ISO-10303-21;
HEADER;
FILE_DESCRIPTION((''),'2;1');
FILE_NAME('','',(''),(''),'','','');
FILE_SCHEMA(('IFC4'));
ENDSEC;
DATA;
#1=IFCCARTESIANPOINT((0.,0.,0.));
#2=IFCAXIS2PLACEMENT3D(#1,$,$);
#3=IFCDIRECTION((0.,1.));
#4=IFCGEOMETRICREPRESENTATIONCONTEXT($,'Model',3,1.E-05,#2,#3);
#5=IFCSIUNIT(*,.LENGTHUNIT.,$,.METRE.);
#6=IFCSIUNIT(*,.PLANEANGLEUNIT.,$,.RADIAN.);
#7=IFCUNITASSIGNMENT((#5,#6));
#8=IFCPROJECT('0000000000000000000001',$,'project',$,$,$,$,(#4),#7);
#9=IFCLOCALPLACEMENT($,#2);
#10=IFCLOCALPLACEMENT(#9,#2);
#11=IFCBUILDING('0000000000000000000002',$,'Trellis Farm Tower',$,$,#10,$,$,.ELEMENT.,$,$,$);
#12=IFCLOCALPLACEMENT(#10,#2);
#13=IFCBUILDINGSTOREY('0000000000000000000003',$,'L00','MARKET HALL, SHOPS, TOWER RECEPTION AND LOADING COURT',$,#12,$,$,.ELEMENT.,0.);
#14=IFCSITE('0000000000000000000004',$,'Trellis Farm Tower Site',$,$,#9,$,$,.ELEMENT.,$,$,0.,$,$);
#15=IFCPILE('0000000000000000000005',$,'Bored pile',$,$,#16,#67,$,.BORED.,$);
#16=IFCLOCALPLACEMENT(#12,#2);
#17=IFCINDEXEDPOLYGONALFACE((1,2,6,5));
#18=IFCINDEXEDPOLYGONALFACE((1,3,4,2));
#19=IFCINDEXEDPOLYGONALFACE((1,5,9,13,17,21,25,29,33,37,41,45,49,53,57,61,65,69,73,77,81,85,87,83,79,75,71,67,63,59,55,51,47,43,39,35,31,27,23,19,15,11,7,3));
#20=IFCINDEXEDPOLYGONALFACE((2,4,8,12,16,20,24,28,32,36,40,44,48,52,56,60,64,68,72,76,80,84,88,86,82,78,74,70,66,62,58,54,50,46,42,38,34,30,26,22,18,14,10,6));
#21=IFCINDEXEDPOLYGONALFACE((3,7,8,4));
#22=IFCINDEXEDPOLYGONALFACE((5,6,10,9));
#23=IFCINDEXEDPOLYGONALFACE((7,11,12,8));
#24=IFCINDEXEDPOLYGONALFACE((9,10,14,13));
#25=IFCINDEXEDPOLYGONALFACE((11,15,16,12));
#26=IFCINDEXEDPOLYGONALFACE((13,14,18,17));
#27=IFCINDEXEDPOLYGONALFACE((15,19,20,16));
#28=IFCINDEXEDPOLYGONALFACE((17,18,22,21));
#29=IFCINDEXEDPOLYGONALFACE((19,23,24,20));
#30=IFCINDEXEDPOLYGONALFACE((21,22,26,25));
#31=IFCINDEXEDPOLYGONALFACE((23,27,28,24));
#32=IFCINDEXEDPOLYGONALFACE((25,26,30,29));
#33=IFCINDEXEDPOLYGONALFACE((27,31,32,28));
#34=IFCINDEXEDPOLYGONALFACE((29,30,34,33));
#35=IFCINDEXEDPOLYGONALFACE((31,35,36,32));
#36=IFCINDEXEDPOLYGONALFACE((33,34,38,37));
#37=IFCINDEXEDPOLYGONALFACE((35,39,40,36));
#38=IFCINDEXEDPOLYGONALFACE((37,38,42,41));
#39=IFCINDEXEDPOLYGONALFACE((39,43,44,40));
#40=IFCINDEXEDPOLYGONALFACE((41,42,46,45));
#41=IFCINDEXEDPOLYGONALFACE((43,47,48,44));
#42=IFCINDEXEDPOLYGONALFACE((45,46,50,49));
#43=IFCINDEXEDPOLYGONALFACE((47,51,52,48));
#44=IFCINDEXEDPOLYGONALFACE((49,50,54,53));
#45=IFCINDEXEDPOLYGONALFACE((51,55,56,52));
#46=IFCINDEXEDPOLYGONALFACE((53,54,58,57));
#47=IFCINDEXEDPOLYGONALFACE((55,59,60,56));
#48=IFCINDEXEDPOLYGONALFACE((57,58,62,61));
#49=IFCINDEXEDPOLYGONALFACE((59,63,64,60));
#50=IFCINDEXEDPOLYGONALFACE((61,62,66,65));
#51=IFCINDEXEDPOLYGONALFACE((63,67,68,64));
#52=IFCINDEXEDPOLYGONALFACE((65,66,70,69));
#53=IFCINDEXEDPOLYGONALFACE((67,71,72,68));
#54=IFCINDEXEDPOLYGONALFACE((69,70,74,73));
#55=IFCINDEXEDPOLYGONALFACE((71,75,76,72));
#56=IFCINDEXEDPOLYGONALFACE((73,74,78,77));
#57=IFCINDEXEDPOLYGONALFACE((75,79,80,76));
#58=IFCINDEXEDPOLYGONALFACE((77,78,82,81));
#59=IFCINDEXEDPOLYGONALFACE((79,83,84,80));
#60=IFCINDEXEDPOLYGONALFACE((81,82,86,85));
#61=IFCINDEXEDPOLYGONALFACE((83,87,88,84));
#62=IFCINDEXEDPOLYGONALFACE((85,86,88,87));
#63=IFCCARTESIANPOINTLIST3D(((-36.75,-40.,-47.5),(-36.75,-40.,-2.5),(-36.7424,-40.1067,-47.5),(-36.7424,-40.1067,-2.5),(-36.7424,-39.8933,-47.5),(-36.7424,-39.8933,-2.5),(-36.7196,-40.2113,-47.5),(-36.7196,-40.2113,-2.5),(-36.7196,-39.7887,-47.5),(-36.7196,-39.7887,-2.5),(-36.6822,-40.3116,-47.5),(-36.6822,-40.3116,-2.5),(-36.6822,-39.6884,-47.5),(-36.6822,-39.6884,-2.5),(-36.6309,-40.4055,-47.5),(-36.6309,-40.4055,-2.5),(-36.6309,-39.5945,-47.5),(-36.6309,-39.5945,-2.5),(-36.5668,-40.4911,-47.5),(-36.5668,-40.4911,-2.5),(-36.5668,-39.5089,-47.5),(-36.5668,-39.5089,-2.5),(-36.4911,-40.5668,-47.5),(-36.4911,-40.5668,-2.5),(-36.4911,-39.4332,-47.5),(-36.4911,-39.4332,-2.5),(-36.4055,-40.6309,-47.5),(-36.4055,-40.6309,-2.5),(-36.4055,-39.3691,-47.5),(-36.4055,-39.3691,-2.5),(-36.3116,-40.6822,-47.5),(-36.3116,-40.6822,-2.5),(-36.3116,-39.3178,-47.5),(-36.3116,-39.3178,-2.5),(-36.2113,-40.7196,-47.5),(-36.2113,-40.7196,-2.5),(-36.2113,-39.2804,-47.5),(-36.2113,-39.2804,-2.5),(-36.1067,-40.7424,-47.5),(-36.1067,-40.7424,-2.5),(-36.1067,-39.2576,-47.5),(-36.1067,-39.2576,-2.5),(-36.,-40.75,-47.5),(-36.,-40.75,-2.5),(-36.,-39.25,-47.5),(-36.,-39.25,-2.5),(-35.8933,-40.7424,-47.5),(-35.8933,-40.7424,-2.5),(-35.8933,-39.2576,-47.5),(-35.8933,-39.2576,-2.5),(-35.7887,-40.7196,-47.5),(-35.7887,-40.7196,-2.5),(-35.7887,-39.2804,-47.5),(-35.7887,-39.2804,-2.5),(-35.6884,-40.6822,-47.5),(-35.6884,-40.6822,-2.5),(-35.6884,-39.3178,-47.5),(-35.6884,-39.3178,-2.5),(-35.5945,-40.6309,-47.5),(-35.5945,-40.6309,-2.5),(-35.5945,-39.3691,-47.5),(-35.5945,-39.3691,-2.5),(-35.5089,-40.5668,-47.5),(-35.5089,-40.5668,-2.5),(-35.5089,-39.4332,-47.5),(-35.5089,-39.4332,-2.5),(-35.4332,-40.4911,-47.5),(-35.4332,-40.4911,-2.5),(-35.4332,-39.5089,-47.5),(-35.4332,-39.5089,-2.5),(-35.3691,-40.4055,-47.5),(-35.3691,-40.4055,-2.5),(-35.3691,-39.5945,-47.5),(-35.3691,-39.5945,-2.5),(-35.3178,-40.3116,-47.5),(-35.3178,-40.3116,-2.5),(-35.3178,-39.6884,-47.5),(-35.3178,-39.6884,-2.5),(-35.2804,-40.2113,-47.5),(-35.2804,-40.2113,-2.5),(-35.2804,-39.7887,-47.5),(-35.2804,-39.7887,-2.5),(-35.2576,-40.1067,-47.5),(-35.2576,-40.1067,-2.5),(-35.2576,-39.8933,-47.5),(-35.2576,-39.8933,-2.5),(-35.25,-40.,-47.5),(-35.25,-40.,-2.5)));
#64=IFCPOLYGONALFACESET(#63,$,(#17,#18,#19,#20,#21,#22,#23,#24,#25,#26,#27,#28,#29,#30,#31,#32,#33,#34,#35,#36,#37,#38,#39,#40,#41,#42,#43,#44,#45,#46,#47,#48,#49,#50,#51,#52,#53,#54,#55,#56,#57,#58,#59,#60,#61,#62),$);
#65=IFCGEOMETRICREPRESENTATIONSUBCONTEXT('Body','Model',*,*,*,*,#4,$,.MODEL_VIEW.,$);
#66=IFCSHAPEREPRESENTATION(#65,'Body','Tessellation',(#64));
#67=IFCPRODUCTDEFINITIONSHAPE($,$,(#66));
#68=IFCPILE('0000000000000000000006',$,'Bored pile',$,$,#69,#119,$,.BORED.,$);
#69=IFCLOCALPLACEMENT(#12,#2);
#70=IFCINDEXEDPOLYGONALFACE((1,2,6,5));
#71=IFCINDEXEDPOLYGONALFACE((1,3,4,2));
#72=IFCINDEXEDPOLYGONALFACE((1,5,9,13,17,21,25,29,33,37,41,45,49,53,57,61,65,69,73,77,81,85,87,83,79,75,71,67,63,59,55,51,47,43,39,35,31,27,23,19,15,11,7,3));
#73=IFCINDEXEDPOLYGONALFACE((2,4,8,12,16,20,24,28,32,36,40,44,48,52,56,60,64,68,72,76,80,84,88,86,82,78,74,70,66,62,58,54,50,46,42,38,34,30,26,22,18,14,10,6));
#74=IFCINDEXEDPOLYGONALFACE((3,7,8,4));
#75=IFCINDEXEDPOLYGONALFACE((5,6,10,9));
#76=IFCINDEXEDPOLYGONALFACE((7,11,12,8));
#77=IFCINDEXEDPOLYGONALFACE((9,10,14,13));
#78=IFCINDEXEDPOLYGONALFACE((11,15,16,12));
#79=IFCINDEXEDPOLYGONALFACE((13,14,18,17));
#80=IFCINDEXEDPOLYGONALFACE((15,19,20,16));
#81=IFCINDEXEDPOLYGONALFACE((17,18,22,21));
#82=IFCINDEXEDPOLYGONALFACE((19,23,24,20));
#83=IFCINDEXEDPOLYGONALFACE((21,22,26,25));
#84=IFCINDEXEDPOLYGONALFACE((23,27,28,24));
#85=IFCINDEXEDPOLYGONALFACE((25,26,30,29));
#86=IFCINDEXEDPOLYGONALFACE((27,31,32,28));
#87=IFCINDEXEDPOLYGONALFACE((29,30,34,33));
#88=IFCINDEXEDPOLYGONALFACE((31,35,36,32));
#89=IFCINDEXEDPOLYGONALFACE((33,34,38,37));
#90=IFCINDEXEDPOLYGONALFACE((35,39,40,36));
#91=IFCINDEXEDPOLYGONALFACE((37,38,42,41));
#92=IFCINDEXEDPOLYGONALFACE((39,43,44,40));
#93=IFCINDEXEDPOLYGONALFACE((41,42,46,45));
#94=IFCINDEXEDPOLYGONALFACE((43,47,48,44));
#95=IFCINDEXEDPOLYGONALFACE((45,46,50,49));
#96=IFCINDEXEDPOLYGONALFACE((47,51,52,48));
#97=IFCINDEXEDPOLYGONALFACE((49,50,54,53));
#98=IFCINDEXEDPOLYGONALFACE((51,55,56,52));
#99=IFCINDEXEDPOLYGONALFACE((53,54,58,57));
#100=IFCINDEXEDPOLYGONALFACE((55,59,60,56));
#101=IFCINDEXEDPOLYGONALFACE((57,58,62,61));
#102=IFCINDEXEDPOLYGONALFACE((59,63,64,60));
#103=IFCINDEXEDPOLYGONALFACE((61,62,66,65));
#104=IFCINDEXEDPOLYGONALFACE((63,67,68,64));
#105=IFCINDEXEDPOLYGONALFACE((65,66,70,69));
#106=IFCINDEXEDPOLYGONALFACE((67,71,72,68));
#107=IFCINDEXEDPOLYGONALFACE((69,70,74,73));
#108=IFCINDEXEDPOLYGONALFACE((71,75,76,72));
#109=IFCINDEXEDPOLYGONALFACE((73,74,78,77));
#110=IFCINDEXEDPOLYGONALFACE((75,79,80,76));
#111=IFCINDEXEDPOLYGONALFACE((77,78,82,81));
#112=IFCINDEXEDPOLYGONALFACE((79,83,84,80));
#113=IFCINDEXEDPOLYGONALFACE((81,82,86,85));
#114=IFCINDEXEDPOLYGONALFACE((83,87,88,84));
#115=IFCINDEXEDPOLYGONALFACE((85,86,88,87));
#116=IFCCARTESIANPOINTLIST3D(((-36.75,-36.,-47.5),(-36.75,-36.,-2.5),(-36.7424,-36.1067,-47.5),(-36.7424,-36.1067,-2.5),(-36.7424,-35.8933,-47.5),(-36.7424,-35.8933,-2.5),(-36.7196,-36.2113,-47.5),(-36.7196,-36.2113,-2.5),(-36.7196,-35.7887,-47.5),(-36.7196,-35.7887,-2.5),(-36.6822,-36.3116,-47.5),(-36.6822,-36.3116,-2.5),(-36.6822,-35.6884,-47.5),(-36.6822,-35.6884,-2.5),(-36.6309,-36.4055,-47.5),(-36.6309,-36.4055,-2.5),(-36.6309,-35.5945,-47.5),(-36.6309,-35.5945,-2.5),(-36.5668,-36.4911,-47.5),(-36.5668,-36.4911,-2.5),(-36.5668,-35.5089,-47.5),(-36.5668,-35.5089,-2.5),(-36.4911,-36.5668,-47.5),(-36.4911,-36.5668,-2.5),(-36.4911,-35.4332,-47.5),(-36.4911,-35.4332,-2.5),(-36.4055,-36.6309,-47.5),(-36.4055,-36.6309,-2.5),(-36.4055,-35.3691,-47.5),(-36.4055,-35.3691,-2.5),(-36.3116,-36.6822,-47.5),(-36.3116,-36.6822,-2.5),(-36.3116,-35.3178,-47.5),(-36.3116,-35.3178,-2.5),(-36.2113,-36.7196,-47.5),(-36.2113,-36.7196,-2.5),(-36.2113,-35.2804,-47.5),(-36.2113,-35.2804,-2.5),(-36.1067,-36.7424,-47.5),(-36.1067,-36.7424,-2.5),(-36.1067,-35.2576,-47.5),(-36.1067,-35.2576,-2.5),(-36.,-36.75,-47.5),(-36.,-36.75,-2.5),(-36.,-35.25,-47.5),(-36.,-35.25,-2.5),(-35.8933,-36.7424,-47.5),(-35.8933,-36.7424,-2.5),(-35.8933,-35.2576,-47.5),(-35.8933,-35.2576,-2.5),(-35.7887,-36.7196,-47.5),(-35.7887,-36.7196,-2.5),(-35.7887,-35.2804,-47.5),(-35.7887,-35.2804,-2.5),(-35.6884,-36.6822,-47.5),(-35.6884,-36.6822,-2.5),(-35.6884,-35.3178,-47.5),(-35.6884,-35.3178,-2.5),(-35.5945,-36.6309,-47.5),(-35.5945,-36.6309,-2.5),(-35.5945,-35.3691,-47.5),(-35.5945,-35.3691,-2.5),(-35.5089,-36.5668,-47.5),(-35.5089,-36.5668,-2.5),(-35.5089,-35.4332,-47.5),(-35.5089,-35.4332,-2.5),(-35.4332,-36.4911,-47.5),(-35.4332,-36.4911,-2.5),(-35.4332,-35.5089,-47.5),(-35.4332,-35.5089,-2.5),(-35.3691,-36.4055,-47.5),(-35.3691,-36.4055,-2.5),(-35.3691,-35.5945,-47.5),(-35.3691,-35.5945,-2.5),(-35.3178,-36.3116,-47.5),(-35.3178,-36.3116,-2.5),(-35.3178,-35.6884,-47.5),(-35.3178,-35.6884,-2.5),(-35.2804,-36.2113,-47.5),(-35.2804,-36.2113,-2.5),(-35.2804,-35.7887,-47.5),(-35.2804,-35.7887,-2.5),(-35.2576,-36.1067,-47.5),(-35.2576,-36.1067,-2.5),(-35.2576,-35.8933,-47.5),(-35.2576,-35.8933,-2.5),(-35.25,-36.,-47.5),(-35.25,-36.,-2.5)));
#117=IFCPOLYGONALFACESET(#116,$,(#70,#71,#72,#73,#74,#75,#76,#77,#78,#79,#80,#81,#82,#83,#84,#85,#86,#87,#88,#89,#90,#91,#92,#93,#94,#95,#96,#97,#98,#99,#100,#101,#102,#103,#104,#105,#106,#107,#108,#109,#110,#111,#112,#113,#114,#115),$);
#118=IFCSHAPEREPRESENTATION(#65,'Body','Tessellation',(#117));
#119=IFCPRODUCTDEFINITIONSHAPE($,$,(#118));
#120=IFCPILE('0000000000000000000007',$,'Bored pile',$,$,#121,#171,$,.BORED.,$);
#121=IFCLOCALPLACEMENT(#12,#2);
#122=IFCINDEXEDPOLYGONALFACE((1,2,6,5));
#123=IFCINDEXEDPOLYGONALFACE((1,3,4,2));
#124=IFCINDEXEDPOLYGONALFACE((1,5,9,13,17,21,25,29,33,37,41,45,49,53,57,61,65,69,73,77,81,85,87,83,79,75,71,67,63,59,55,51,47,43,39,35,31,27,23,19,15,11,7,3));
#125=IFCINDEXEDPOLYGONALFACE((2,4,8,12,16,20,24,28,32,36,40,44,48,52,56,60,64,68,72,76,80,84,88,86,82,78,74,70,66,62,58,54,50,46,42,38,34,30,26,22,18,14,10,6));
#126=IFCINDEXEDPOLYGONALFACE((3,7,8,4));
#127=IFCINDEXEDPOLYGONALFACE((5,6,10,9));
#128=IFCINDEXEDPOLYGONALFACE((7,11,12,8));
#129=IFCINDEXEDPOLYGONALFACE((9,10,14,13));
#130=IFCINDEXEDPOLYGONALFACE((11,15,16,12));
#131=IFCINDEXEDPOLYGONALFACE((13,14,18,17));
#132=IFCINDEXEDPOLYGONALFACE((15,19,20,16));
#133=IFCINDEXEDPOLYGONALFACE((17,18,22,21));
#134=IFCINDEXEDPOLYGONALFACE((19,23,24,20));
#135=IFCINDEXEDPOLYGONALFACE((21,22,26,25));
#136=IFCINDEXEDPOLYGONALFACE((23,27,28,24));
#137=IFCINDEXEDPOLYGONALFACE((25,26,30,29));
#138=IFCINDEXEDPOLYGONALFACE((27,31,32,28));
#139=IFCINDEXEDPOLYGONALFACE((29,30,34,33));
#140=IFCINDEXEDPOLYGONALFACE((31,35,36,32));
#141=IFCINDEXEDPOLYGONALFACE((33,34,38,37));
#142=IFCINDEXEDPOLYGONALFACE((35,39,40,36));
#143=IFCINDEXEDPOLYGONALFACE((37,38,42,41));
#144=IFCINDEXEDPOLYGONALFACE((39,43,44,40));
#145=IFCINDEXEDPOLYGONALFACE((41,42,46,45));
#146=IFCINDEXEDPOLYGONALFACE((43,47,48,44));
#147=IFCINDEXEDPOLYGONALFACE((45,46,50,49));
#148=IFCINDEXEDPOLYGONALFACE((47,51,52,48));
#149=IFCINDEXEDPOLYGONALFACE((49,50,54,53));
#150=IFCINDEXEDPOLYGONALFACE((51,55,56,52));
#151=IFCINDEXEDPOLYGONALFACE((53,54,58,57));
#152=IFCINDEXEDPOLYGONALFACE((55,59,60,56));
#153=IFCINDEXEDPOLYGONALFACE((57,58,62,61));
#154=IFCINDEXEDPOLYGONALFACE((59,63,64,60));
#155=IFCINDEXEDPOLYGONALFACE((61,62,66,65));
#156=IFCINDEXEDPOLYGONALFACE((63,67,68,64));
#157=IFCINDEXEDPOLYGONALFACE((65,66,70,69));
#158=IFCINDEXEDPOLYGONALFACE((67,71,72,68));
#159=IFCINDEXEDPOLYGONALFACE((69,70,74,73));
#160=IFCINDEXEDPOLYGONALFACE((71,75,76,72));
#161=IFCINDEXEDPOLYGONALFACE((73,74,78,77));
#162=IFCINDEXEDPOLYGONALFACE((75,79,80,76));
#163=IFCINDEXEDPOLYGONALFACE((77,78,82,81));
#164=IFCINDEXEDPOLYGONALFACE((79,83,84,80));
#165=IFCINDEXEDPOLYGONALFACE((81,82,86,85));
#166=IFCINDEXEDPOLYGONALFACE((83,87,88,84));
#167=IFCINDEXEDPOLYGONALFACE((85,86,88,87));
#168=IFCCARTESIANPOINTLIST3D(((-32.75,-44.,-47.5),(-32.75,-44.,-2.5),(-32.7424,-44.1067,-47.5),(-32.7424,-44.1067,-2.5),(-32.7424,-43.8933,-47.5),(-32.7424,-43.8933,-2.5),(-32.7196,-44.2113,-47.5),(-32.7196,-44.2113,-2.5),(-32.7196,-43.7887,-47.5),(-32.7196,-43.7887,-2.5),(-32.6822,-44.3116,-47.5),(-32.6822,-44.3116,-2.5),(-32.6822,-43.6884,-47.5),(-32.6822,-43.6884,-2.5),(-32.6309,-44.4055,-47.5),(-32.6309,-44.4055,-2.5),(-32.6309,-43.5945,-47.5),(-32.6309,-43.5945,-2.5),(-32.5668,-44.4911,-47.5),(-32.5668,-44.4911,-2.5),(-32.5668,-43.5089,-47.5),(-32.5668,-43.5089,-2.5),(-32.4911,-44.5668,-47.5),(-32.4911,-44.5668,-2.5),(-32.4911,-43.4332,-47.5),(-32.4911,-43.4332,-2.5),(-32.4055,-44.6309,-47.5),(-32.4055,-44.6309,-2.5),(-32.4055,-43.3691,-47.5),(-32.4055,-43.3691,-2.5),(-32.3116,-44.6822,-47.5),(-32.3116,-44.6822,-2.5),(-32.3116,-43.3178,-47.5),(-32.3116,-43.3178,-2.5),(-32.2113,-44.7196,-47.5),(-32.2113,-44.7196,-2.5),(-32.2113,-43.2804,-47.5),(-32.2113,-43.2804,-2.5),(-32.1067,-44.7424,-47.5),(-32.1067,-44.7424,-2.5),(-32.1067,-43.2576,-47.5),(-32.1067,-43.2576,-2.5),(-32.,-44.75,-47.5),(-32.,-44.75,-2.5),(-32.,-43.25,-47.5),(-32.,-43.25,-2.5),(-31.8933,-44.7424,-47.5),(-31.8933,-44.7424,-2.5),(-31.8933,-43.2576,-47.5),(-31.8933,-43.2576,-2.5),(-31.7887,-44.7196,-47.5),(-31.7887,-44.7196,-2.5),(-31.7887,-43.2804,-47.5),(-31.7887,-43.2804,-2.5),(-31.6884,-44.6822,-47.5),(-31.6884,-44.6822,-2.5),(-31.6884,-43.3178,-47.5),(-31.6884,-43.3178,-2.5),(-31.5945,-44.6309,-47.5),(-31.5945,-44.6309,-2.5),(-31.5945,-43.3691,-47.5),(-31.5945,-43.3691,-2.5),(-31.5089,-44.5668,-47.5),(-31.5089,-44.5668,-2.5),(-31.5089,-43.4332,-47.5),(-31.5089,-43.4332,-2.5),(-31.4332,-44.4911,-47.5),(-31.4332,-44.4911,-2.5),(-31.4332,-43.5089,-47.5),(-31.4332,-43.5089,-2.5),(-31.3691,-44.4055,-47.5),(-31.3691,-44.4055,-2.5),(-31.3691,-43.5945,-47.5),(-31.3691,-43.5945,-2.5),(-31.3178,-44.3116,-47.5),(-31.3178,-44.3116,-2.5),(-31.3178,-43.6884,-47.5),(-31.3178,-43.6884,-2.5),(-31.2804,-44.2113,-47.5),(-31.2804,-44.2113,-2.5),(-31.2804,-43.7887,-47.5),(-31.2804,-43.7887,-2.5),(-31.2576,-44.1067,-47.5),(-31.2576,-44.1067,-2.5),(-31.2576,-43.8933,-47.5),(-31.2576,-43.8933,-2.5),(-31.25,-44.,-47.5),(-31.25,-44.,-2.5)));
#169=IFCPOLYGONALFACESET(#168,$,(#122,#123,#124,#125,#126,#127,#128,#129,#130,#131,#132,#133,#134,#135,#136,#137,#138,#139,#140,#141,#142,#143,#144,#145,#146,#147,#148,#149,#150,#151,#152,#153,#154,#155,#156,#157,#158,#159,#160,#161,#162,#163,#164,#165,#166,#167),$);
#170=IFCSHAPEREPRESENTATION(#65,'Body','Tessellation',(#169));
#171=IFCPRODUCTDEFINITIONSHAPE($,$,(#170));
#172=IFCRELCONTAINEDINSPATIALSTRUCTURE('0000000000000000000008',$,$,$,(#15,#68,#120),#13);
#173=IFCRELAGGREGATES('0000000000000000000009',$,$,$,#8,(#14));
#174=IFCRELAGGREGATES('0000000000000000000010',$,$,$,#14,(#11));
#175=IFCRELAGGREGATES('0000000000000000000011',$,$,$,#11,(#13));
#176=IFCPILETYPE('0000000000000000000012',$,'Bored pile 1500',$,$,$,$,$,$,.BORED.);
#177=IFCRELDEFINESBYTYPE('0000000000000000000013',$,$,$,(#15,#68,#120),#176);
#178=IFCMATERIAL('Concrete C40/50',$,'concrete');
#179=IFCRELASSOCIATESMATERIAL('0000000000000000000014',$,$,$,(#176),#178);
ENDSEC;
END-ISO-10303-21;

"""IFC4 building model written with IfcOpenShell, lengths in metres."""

from ifc_helpers import new_model, si_unit, direction, frame, origin, origin_2d, place, context, subcontext, project, spatial, circle, extrude, source, transform, mapped, material, material_profile, profile_set, type_object, element, save


model = new_model("IFC4")

# Units and contexts
model_context = context("Model", 3, precision=1e-05, world=origin(), true_north=direction((0.0, 1.0)))
body_context = subcontext(model_context, "Body", "Model", "MODEL_VIEW")
ifc_project = project(units=[si_unit("LENGTHUNIT", "METRE"), si_unit("PLANEANGLEUNIT", "RADIAN")], contexts=[model_context])

# Site, building, storey
site_placement = place(None, origin())
site = spatial("IfcSite", under=ifc_project, at=site_placement, Name="Trellis Farm Tower Site", CompositionType="ELEMENT", RefElevation=0.0)
building_placement = place(site_placement, origin())
building = spatial("IfcBuilding", under=site, at=building_placement, Name="Trellis Farm Tower", CompositionType="ELEMENT")
storey_placement = place(building_placement, origin())
storey = spatial("IfcBuildingStorey", under=building, at=storey_placement, Name="L00", Description="MARKET HALL, SHOPS, TOWER RECEPTION AND LOADING COURT", CompositionType="ELEMENT", Elevation=0.0)

# Piles
ifc_material_1 = material(Name="Concrete C40/50", Category="concrete")
ifc_material_profile_1 = material_profile(ifc_material_1, circle(Radius=0.75, at=origin_2d()), Name="Bored pile 1500")
ifc_profile_set_1 = profile_set([ifc_material_profile_1], Name="Concrete C40/50")
pile_type = type_object("IfcPileType", Name="Bored pile 1500", PredefinedType="BORED", material=ifc_profile_set_1)
shared_shape_1 = source(origin(), body_context, "Body", "SweptSolid", [
    extrude(circle(Radius=0.75, at=origin_2d()), origin(), (0.0, 0.0, 1.0), 45.0),
])
for number, where, z_axis, x_axis, name in (
    (1, (-36.0, -40.0, -2.5), (0.0, 0.0, -1.0), (1.0, 0.0, 0.0), "Bored pile"),
    (2, (-36.0, -36.0, -2.5), (0.0, 0.0, -1.0), (1.0, 0.0, 0.0), "Bored pile"),
    (3, (-32.0, -44.0, -2.5), (0.0, 0.0, -1.0), (1.0, 0.0, 0.0), "Bored pile"),
):
    element("IfcPile", number, at=place(storey_placement, frame(where, z_axis=z_axis, x_axis=x_axis)), inside=storey, type_object=pile_type, Name=name, PredefinedType="BORED", context=body_context, shape_type="MappedRepresentation", body=[
        mapped(shared_shape_1, transform((0.0, 0.0, 0.0))),
    ])

save(model, "model.ifc")
